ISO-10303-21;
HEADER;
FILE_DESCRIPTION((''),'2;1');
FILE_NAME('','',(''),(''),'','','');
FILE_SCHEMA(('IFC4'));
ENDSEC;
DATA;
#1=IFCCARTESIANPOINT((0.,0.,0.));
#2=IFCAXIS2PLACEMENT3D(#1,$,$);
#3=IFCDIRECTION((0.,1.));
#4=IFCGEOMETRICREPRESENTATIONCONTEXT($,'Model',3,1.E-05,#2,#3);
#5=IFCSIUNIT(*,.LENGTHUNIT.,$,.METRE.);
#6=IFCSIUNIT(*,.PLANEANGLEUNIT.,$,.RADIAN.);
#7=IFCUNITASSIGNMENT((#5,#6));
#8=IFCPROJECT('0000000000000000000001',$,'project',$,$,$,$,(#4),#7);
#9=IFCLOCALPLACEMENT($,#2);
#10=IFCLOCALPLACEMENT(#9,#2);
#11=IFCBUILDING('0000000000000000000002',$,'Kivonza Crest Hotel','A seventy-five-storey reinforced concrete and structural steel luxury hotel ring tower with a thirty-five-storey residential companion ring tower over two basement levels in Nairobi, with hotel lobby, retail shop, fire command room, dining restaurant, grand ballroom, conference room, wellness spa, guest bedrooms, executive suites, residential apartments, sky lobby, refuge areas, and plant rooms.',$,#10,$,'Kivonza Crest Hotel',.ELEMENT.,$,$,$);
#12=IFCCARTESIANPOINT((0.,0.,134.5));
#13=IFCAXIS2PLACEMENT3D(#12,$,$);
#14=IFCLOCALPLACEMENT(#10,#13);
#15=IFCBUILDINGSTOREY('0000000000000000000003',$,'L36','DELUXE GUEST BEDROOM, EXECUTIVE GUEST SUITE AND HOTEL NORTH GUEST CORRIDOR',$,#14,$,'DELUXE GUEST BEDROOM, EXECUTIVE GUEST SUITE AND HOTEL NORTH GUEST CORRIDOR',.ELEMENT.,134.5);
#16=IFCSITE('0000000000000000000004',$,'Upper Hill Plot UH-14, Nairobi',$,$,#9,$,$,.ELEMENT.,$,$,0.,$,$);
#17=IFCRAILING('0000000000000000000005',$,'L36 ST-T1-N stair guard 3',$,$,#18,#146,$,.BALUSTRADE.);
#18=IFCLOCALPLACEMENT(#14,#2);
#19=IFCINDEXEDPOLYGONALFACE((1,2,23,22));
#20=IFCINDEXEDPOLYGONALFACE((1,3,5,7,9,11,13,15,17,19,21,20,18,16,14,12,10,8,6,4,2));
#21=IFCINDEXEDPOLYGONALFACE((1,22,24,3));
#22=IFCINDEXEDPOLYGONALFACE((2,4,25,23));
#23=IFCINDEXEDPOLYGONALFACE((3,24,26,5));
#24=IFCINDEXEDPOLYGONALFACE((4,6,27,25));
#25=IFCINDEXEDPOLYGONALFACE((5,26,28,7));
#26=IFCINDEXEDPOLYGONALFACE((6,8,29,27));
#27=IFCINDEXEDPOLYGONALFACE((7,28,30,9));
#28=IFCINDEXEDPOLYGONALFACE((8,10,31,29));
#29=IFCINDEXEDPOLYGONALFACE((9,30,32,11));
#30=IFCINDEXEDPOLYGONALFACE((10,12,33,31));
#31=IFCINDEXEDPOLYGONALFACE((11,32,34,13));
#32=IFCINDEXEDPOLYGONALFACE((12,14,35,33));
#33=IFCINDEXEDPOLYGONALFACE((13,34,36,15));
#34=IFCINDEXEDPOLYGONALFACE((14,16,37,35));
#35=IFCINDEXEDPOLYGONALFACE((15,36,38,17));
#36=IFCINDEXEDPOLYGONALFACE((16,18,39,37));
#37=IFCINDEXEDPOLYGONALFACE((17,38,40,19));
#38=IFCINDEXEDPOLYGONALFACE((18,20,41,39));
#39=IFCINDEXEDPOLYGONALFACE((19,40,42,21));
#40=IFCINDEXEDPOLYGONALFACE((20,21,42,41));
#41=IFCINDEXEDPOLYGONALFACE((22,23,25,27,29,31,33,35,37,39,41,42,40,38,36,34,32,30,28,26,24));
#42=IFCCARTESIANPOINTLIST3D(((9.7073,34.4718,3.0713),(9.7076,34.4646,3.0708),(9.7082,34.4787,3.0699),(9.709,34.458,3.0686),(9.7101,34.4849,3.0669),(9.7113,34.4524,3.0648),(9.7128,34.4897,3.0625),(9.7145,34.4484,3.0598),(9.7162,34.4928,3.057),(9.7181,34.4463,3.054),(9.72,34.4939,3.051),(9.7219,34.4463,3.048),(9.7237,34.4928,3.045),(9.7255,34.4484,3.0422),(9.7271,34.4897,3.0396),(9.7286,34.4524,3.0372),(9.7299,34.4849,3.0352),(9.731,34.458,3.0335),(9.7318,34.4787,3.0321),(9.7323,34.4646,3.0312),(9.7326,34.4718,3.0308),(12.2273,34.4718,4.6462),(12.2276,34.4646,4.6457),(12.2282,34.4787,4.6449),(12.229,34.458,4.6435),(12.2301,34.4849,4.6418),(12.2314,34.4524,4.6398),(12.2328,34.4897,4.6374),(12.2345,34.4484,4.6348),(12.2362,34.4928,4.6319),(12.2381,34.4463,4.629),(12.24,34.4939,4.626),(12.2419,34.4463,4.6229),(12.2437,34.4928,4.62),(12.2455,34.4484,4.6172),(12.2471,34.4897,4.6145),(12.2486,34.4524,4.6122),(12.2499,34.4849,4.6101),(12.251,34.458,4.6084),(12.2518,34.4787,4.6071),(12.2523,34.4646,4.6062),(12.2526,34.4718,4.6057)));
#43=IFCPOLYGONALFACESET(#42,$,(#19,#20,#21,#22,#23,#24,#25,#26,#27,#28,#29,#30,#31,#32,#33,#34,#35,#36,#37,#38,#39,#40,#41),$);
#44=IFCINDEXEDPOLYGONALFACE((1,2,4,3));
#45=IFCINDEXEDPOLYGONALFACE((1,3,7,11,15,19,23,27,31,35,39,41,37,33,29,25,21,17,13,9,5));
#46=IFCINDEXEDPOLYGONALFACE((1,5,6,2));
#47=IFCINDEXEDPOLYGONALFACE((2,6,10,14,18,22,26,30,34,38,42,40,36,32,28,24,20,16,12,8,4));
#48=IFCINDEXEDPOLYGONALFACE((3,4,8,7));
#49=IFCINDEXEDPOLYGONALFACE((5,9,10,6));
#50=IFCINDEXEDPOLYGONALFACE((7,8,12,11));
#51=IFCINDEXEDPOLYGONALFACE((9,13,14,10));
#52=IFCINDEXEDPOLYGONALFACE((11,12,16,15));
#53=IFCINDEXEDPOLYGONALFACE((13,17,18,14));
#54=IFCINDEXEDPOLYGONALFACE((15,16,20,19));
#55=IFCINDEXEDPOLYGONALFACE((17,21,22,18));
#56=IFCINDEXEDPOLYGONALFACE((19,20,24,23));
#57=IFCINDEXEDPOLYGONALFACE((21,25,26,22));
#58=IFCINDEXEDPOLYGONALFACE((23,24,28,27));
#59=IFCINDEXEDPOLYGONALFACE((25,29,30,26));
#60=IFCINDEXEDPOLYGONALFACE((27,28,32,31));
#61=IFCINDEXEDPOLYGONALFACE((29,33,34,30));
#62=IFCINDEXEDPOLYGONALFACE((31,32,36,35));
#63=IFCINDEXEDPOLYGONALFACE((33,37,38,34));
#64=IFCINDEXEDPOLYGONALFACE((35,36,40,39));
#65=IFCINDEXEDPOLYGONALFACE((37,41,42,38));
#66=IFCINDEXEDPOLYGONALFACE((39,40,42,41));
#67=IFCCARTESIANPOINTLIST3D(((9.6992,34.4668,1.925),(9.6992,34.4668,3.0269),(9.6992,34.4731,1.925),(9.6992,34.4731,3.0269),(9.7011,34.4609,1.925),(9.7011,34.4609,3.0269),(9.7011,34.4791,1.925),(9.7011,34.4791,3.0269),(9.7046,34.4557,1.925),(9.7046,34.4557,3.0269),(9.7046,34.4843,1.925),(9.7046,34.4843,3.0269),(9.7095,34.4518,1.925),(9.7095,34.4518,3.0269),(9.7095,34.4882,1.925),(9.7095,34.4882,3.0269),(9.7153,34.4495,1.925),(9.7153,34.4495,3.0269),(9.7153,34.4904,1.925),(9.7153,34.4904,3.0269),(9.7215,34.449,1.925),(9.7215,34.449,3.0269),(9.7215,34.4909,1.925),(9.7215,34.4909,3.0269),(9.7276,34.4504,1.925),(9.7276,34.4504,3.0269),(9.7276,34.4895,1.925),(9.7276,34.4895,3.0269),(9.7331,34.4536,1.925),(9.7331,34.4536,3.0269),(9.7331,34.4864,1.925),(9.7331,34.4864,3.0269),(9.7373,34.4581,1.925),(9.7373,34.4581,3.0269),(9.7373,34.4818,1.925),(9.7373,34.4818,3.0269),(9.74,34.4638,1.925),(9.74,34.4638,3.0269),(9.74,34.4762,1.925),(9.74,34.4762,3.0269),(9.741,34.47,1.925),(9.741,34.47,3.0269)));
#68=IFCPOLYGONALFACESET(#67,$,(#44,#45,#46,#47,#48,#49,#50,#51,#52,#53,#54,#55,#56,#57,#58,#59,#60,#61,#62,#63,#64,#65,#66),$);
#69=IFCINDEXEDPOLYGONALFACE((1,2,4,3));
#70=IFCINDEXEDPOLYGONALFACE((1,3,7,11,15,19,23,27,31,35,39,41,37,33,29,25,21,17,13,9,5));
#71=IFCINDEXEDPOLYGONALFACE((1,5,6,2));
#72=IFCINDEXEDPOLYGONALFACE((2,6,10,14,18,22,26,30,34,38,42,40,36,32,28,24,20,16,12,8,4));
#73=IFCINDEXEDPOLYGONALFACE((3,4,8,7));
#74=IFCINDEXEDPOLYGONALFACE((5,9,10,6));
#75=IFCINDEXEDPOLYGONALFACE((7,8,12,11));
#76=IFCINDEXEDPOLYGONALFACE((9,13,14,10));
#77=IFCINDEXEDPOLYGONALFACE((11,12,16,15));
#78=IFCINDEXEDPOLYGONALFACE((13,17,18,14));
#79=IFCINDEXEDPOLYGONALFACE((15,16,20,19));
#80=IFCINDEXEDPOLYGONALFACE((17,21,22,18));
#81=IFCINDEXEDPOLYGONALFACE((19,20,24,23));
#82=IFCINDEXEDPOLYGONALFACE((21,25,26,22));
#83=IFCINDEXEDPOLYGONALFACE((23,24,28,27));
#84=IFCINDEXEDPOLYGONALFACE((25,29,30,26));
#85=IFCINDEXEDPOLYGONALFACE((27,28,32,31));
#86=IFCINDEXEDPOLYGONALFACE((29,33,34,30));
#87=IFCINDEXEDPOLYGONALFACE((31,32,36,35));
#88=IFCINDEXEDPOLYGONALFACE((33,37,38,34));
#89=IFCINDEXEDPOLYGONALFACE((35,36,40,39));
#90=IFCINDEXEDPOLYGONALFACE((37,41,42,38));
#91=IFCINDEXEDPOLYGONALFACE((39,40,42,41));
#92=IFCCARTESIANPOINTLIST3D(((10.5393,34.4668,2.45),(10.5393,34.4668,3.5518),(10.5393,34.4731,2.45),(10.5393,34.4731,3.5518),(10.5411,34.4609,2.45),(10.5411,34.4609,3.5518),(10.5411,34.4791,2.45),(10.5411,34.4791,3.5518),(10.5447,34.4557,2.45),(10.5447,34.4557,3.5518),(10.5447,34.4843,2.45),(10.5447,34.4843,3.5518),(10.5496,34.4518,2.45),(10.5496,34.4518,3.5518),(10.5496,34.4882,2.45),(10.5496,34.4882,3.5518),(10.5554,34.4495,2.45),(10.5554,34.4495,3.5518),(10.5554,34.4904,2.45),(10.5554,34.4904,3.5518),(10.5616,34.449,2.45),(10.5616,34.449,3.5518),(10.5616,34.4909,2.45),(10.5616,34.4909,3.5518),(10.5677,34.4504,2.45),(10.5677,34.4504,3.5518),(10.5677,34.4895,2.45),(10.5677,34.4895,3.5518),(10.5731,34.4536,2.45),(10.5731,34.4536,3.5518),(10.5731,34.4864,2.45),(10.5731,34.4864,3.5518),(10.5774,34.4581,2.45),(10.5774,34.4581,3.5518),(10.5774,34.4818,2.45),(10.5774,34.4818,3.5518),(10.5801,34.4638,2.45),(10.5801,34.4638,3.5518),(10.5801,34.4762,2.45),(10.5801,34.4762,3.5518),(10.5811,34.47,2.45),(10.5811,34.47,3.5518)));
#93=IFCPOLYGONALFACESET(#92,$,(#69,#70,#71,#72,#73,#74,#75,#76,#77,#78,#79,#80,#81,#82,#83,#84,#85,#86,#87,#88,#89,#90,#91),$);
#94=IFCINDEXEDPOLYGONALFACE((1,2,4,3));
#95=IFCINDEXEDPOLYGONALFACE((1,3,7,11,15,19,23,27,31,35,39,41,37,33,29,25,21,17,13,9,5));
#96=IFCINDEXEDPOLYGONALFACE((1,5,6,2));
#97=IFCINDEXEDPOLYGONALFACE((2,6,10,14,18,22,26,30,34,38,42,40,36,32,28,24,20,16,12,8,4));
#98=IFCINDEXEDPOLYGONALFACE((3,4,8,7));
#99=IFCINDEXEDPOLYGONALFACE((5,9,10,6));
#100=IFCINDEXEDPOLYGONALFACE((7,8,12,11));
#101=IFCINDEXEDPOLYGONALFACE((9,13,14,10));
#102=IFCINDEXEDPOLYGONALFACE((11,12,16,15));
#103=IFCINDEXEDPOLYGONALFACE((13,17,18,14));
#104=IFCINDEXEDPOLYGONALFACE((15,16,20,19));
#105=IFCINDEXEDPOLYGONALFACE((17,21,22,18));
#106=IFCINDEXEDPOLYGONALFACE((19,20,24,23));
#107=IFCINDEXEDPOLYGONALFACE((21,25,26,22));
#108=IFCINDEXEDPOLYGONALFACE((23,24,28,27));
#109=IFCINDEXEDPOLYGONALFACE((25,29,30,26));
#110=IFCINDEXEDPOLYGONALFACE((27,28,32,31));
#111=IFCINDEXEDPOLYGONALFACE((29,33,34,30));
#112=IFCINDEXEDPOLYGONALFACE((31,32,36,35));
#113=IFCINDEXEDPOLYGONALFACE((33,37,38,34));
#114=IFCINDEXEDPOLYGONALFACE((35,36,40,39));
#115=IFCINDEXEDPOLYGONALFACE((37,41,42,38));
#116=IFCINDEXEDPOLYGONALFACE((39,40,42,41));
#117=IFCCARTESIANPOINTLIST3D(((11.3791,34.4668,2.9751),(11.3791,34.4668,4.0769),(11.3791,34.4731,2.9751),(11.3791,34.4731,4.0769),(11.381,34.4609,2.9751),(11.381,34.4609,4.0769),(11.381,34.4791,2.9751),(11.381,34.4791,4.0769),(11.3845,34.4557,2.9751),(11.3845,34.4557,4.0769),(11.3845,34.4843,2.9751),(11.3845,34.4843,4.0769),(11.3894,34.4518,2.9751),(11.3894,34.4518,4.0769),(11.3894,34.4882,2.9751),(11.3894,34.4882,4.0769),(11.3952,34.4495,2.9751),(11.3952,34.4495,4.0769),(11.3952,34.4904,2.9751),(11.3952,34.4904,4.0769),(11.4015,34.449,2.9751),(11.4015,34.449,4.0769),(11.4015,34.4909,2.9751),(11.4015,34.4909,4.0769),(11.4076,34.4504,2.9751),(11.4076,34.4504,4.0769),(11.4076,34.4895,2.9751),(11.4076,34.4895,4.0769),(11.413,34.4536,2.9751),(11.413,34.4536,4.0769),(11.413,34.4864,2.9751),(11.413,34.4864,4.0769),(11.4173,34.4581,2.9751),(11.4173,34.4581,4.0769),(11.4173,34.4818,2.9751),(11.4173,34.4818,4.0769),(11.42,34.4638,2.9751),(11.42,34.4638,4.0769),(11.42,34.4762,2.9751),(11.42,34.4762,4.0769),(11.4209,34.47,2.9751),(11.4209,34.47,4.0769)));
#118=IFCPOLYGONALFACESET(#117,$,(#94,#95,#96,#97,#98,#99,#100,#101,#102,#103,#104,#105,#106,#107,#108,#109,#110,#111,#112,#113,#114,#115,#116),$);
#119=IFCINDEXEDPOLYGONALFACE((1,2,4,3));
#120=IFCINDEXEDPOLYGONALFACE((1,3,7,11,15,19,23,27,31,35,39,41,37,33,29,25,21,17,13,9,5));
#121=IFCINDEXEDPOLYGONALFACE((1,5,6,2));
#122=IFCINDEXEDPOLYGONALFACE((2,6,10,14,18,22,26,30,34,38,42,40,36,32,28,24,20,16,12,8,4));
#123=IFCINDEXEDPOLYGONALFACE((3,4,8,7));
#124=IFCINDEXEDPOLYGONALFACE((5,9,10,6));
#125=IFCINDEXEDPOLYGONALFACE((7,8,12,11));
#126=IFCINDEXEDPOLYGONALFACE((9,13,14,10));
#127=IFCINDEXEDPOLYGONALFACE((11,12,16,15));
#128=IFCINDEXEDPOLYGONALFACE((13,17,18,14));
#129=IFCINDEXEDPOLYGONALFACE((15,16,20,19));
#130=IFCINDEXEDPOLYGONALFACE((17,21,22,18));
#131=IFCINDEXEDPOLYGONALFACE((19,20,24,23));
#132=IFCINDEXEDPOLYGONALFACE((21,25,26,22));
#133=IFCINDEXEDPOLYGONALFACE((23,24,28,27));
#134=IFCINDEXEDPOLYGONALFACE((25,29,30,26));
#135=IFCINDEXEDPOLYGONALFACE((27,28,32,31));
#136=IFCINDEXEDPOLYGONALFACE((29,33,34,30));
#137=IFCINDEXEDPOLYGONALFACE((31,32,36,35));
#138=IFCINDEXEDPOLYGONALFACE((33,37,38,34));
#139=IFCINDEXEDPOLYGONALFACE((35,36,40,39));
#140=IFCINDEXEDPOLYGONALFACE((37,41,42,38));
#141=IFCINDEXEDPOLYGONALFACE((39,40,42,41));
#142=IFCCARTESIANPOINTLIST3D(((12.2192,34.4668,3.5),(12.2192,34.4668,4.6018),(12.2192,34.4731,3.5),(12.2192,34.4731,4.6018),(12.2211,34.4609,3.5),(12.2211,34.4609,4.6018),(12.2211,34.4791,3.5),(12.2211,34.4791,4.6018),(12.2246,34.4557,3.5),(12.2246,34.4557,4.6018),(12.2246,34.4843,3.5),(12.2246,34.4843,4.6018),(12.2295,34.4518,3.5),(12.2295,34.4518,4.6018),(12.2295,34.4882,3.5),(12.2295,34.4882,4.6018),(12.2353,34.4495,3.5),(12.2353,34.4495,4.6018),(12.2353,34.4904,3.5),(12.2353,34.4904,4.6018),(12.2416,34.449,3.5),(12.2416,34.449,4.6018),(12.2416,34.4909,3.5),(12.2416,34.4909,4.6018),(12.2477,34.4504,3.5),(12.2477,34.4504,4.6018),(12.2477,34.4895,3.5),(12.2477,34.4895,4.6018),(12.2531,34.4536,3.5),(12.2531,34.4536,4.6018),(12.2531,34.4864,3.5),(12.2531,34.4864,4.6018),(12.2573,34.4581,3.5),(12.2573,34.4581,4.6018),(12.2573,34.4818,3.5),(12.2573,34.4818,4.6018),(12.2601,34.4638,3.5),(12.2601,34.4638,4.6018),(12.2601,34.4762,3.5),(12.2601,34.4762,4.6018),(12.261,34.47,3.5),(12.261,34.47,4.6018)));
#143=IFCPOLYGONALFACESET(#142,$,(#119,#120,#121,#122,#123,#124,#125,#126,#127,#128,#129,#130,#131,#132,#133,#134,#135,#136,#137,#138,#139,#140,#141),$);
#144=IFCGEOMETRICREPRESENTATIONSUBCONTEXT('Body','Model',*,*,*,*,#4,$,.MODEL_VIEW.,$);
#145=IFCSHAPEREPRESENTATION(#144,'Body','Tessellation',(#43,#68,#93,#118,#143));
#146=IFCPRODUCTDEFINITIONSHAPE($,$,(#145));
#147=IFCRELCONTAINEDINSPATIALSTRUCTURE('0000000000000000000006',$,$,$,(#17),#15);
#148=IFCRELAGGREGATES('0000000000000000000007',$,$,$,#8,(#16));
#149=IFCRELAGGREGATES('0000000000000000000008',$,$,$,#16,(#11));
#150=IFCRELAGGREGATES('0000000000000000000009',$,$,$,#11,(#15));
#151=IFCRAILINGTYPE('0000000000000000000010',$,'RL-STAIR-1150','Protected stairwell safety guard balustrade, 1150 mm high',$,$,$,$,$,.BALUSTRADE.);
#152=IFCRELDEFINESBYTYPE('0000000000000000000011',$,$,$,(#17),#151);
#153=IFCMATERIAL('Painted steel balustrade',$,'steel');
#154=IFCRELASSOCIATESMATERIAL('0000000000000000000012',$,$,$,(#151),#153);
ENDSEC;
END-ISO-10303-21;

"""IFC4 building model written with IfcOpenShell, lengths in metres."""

from ifc_helpers import new_model, si_unit, direction, frame, origin, origin_2d, place, context, subcontext, project, spatial, circle, extrude, material, type_object, element, save


model = new_model("IFC4")

# Units and contexts
model_context = context("Model", 3, precision=1e-05, world=origin(), true_north=direction((0.0, 1.0)))
body_context = subcontext(model_context, "Body", "Model", "MODEL_VIEW")
ifc_project = project(units=[si_unit("LENGTHUNIT", "METRE"), si_unit("PLANEANGLEUNIT", "RADIAN")], contexts=[model_context])

# Site, building, storey
site_placement = place(None, origin())
site = spatial("IfcSite", under=ifc_project, at=site_placement, Name="Upper Hill Plot UH-14, Nairobi", CompositionType="ELEMENT", RefElevation=0.0)
building_placement = place(site_placement, origin())
building = spatial("IfcBuilding", under=site, at=building_placement, Name="Kivonza Crest Hotel", Description="A seventy-five-storey reinforced concrete and structural steel luxury hotel ring tower with a thirty-five-storey residential companion ring tower over two basement levels in Nairobi, with hotel lobby, retail shop, fire command room, dining restaurant, grand ballroom, conference room, wellness spa, guest bedrooms, executive suites, residential apartments, sky lobby, refuge areas, and plant rooms.", LongName="Kivonza Crest Hotel", CompositionType="ELEMENT")
storey_placement = place(building_placement, frame((0.0, 0.0, 134.5)))
storey = spatial("IfcBuildingStorey", under=building, at=storey_placement, Name="L36", Description="DELUXE GUEST BEDROOM, EXECUTIVE GUEST SUITE AND HOTEL NORTH GUEST CORRIDOR", LongName="DELUXE GUEST BEDROOM, EXECUTIVE GUEST SUITE AND HOTEL NORTH GUEST CORRIDOR", CompositionType="ELEMENT", Elevation=134.5)

# Railing
ifc_material_1 = material(Name="Painted steel balustrade", Category="steel")
railing_type_1 = type_object("IfcRailingType", Name="RL-STAIR-1150", Description="Protected stairwell safety guard balustrade, 1150 mm high", PredefinedType="BALUSTRADE", material=ifc_material_1)
railing_1_placement = place(storey_placement, frame((9.72, 34.47, 1.925)))
element("IfcRailing", 1, at=railing_1_placement, inside=storey, type_object=railing_type_1, Name="L36 ST-T1-N stair guard 3", PredefinedType="BALUSTRADE", context=body_context, shape_type="SweptSolid", body=[
    extrude(circle(Radius=0.0239, at=origin_2d()), frame((0.0, 0.0, 1.126), z_axis=(0.848008, 0.0, 0.529984), x_axis=(0.0, 1.0, 0.0)), (0.0, 0.0, 1.0), 2.9717),
    extrude(circle(Radius=0.021, at=origin_2d()), origin(), (0.0, 0.0, 1.0), 1.1018),
    extrude(circle(Radius=0.021, at=origin_2d()), frame((0.8401, 0.0, 0.5249)), (0.0, 0.0, 1.0), 1.1018),
    extrude(circle(Radius=0.021, at=origin_2d()), frame((1.6799, 0.0, 1.05)), (0.0, 0.0, 1.0), 1.1018),
    extrude(circle(Radius=0.021, at=origin_2d()), frame((2.52, 0.0, 1.575)), (0.0, 0.0, 1.0), 1.1018),
])

save(model, "model.ifc")
